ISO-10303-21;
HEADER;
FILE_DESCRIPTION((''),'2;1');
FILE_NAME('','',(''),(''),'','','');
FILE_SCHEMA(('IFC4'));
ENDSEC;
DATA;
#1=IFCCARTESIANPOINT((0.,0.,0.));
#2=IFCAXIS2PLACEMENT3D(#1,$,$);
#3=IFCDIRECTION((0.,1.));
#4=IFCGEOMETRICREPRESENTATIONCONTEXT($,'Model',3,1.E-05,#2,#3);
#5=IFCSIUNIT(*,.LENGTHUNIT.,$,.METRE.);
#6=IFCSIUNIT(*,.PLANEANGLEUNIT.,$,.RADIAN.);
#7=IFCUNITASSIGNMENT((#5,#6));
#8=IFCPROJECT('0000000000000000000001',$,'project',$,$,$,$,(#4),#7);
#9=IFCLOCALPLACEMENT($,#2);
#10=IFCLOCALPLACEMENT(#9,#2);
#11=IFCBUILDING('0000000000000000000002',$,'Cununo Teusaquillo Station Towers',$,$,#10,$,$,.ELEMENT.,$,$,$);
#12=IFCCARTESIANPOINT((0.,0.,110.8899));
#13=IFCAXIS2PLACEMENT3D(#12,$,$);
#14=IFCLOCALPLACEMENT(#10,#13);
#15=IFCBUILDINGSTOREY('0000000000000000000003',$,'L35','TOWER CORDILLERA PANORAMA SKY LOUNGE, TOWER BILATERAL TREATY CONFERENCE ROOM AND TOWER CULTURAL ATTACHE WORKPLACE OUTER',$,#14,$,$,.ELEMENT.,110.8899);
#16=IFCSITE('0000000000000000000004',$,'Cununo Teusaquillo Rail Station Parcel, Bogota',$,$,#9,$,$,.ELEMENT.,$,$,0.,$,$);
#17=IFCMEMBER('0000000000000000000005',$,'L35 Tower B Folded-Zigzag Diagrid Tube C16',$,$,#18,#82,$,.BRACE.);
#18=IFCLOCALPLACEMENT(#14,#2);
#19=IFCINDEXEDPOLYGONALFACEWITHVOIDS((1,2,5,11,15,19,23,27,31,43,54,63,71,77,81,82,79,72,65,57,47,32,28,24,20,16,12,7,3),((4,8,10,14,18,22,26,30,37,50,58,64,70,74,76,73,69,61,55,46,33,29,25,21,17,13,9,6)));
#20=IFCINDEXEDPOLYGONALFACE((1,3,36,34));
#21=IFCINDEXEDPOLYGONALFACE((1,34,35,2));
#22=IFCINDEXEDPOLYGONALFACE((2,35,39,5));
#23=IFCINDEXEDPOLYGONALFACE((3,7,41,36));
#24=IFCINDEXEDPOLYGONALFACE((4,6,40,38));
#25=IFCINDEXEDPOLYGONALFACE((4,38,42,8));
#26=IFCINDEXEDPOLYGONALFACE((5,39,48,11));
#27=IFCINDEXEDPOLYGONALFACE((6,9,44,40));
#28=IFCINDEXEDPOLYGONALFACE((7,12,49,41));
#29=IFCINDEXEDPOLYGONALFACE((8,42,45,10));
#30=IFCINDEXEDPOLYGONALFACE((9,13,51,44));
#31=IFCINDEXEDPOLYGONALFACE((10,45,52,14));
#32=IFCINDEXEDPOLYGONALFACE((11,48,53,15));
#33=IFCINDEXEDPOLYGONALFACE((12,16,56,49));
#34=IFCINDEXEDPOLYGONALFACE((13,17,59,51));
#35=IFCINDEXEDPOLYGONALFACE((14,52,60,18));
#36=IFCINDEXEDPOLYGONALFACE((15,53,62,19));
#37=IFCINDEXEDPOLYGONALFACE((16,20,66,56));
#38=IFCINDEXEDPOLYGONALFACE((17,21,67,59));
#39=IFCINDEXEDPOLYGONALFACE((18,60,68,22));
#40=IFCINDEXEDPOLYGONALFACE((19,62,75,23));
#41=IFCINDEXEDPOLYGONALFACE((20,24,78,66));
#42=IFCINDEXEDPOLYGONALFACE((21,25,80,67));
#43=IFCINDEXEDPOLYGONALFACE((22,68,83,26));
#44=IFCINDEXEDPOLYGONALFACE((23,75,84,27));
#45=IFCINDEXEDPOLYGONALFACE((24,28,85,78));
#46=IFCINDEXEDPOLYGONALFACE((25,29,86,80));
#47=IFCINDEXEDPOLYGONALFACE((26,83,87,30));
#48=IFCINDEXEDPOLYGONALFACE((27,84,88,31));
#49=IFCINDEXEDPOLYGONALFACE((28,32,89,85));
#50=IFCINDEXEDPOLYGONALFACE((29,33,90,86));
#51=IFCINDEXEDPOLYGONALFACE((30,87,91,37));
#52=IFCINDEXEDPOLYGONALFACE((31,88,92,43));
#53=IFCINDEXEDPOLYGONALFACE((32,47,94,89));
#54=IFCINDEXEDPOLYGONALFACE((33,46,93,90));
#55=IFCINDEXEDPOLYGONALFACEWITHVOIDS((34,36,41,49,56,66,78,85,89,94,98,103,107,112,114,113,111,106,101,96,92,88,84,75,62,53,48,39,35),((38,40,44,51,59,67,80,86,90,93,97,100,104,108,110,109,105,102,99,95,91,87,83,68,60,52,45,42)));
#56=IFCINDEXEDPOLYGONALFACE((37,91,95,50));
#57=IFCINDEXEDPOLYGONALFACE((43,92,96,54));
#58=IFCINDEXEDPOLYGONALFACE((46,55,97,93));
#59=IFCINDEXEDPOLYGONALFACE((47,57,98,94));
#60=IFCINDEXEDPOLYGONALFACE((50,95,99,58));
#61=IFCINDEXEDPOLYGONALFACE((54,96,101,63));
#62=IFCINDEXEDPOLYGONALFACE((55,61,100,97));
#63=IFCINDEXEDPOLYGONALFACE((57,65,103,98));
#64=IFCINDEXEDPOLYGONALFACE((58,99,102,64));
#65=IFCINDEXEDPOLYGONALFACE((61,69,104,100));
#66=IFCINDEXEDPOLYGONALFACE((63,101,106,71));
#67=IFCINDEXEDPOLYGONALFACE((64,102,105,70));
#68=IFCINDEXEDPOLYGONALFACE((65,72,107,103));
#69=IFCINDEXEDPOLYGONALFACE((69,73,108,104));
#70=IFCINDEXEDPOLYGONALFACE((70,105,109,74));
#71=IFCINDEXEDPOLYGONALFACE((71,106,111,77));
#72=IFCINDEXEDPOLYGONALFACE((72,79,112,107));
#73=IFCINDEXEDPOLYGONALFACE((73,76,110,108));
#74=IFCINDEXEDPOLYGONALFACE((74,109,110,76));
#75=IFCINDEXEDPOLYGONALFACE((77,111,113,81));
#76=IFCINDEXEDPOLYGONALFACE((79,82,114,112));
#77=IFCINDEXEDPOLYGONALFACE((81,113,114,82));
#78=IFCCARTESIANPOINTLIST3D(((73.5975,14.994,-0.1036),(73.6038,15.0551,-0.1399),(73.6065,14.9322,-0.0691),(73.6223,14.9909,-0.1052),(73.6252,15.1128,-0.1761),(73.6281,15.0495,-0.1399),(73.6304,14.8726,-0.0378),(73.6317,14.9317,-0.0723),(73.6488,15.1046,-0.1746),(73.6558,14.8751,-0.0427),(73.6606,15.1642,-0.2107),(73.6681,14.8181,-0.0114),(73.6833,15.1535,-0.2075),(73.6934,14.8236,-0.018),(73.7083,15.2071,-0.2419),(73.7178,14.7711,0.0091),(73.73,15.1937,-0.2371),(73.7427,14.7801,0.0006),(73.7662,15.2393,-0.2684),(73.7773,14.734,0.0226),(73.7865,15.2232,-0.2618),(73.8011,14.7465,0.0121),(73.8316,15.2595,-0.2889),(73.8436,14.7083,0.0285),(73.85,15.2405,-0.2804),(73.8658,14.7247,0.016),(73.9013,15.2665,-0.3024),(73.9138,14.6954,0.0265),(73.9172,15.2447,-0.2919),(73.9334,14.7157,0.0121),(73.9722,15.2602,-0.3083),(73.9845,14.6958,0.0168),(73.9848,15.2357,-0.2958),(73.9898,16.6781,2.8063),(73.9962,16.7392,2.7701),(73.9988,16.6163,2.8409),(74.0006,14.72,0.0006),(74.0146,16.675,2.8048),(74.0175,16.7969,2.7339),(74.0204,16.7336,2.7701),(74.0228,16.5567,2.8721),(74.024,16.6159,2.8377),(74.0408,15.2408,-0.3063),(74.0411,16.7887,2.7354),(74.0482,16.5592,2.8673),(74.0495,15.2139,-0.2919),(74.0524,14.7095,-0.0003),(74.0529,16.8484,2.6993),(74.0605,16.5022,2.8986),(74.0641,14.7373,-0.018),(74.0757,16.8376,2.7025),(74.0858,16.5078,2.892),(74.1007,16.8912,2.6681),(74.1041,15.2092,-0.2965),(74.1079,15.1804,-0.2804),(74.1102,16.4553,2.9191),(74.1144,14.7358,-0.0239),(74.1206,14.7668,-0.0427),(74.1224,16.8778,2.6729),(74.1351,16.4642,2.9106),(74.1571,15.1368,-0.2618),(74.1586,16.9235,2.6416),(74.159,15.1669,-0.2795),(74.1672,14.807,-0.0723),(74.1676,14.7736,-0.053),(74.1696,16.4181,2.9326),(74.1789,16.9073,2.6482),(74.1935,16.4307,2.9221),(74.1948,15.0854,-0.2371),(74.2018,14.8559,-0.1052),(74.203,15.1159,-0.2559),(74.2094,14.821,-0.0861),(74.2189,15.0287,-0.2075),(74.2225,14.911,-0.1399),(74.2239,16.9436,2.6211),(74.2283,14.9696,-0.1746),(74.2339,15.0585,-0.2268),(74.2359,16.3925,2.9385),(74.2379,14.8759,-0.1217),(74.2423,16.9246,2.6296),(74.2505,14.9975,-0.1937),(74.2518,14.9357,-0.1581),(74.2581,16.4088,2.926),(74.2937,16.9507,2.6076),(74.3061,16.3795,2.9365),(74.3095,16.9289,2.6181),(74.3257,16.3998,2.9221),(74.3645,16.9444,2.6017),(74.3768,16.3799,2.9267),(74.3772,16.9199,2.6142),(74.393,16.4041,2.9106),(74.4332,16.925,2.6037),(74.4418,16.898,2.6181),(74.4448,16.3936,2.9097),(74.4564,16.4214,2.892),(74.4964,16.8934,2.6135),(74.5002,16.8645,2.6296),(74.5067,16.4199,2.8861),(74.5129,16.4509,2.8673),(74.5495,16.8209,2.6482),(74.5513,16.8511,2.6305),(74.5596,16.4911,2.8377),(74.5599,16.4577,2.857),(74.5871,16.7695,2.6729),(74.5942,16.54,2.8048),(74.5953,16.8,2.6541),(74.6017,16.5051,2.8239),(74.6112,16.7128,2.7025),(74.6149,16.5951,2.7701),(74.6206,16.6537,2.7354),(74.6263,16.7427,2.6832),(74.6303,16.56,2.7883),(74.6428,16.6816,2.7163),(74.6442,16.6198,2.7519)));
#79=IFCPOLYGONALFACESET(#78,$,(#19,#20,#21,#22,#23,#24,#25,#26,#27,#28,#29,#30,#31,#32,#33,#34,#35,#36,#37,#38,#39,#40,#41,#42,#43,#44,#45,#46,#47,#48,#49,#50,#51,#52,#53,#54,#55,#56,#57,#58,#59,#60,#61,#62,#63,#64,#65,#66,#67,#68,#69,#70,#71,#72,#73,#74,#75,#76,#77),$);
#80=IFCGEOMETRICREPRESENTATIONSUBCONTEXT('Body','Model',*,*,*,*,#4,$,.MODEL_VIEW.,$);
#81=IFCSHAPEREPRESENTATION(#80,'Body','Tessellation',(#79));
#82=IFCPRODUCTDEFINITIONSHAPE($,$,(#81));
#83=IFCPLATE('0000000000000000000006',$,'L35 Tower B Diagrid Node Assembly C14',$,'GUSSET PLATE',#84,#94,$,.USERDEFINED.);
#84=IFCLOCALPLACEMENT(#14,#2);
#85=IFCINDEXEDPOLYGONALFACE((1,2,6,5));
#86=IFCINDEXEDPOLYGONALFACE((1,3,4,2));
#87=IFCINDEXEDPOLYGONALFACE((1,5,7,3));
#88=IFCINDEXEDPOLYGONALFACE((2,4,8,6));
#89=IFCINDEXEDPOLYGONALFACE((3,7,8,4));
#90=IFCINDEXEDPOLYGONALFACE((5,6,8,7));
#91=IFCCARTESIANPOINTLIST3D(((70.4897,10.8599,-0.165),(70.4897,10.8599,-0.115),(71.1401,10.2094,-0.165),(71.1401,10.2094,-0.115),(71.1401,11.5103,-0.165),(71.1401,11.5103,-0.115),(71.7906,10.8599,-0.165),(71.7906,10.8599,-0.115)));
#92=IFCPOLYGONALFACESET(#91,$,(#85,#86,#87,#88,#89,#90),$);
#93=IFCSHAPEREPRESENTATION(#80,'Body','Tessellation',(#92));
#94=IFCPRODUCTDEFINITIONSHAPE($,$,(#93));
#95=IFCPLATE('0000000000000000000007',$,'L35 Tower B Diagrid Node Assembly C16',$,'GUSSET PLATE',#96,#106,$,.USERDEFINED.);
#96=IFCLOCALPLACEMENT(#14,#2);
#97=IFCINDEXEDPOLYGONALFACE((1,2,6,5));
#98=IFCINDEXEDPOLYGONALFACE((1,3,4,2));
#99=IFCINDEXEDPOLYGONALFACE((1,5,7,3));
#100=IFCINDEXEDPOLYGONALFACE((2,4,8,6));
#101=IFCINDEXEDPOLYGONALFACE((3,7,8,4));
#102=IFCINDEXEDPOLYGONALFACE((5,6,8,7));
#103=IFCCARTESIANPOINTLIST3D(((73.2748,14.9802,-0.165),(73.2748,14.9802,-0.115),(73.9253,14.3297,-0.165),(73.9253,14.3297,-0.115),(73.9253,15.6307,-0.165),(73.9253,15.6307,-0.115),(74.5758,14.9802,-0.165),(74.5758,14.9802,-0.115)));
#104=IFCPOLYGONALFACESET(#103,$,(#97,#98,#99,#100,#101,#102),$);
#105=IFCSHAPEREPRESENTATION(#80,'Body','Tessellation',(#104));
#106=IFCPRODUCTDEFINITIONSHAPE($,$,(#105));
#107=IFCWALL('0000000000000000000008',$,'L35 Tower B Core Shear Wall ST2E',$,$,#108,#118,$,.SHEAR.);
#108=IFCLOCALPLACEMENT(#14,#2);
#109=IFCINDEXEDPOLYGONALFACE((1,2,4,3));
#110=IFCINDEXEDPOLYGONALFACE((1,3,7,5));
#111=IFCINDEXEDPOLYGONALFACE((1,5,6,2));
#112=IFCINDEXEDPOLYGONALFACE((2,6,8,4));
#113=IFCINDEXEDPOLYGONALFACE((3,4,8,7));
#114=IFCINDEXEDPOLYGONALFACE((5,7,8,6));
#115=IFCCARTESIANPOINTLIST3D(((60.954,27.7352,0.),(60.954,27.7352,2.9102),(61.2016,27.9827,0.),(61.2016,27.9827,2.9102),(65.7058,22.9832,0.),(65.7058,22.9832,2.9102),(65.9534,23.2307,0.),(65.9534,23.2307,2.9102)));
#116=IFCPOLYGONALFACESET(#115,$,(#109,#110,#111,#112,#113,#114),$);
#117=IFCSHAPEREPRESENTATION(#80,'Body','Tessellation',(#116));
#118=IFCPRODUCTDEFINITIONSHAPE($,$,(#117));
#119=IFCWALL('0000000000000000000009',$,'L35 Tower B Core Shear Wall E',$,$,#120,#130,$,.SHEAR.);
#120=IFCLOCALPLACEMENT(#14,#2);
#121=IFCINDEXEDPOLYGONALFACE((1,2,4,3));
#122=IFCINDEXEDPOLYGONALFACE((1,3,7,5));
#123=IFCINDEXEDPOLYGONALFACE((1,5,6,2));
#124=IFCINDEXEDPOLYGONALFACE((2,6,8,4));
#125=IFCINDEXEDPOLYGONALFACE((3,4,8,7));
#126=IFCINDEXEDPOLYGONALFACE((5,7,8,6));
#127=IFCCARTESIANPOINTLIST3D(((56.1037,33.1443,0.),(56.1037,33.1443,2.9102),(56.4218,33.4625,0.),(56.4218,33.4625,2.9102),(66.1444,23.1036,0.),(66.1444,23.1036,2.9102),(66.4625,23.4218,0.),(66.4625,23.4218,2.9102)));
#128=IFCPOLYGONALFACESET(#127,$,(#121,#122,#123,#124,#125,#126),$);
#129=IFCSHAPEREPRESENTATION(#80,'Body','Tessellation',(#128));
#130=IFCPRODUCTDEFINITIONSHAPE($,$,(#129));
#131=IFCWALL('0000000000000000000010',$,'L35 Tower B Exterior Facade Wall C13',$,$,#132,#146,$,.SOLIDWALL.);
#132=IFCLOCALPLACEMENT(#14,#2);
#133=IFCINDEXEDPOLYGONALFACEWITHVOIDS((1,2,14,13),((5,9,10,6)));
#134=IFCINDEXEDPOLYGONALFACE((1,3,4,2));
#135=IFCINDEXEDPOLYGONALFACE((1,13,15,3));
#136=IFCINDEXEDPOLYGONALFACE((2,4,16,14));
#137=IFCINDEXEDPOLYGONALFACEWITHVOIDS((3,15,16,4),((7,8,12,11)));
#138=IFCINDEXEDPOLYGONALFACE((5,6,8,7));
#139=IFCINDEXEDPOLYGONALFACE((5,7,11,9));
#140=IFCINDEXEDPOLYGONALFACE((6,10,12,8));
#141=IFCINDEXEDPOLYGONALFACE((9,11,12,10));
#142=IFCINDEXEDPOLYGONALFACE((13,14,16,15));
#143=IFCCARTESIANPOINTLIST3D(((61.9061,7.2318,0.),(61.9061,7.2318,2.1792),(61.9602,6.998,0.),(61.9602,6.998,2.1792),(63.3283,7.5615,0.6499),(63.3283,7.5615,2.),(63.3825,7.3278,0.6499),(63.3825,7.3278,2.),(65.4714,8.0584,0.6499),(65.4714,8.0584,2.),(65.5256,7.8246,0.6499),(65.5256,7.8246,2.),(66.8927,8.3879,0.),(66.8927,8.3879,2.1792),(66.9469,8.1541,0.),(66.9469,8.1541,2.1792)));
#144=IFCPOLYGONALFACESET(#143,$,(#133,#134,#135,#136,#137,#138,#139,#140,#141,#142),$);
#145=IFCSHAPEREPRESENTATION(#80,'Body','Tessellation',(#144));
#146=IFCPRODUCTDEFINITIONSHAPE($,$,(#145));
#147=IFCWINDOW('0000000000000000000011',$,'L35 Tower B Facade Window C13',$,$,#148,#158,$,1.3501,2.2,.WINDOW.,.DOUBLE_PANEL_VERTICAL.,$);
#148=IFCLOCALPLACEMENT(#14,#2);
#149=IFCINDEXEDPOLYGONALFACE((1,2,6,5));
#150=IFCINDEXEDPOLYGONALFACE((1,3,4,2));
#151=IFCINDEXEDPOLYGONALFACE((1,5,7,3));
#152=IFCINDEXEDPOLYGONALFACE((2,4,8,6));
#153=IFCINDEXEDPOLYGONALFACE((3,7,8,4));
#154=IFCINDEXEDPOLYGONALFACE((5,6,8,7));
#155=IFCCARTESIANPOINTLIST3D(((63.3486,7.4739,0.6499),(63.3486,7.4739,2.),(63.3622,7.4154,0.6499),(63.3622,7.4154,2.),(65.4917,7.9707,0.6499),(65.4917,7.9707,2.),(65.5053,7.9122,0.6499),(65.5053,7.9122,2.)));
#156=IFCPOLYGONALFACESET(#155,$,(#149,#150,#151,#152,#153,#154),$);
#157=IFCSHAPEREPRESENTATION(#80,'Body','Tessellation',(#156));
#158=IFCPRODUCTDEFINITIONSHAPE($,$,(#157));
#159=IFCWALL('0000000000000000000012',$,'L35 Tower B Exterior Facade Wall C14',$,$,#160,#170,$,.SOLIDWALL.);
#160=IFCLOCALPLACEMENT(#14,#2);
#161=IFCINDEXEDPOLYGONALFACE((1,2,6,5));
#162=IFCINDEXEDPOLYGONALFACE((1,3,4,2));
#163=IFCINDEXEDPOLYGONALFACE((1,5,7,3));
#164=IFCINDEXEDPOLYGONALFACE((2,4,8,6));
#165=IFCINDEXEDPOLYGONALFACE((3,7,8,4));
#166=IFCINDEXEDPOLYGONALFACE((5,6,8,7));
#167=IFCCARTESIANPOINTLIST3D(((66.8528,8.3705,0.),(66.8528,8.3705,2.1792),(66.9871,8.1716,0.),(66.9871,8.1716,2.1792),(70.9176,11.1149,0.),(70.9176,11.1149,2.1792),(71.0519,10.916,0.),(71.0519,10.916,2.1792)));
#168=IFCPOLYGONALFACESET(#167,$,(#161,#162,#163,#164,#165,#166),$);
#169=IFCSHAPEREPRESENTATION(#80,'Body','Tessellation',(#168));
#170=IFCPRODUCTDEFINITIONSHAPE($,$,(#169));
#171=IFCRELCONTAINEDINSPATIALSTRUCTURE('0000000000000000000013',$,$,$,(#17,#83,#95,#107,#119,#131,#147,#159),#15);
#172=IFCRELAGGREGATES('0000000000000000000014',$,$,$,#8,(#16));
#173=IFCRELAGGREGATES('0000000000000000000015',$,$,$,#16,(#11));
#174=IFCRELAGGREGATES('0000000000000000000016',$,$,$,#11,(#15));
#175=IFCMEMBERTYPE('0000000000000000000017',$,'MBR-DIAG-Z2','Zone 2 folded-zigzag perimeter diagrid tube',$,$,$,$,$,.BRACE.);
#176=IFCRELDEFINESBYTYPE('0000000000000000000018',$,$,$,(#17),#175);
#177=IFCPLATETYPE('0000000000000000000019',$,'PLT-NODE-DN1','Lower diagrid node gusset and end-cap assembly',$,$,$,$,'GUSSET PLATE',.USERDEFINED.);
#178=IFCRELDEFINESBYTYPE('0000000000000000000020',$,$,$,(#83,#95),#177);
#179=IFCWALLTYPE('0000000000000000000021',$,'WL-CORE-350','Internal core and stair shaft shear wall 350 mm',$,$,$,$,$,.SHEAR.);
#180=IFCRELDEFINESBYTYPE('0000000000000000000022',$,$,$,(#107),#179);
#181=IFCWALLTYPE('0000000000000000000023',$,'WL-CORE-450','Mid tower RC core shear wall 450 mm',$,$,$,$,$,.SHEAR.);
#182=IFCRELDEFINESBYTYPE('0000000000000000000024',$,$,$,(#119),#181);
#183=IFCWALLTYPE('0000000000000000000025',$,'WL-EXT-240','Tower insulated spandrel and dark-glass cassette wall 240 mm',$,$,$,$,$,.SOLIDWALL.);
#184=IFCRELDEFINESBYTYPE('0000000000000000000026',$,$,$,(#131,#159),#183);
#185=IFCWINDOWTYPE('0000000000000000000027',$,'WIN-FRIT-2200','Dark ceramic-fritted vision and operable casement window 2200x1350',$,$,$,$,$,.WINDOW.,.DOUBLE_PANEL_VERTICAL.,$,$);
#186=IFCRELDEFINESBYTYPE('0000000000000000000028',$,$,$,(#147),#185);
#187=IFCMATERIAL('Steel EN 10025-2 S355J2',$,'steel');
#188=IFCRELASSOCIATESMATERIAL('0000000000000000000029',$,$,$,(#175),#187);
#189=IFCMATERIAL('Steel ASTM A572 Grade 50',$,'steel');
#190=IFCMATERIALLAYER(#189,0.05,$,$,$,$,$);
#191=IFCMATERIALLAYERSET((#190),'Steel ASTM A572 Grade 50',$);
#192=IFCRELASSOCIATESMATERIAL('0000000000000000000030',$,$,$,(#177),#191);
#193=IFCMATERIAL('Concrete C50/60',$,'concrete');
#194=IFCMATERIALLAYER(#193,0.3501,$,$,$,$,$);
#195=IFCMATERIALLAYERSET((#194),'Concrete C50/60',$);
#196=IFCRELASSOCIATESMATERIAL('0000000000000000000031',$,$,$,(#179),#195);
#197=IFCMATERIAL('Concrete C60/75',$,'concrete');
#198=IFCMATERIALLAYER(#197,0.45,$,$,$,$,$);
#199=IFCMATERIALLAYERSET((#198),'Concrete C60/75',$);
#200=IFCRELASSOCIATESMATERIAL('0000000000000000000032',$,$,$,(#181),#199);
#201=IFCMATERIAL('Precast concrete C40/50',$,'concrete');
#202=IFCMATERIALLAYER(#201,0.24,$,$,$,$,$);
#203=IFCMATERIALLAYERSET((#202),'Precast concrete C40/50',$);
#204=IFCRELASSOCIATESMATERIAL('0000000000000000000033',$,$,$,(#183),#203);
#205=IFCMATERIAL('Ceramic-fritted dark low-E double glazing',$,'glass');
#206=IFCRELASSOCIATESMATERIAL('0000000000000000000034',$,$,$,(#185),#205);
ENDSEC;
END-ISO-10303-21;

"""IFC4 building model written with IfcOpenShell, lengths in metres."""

from ifc_helpers import new_model, si_unit, direction, frame, frame_2d, origin, origin_2d, place, context, subcontext, project, spatial, rectangle, hollow_circle, extrude, source, transform, mapped, material, layer, layer_set, material_profile, profile_set, type_object, element, fill, save


model = new_model("IFC4")

# Units and contexts
model_context = context("Model", 3, precision=1e-05, world=origin(), true_north=direction((0.0, 1.0)))
body_context = subcontext(model_context, "Body", "Model", "MODEL_VIEW")
ifc_project = project(units=[si_unit("LENGTHUNIT", "METRE"), si_unit("PLANEANGLEUNIT", "RADIAN")], contexts=[model_context])

# Site, building, storey
site_placement = place(None, origin())
site = spatial("IfcSite", under=ifc_project, at=site_placement, Name="Cununo Teusaquillo Rail Station Parcel, Bogota", CompositionType="ELEMENT", RefElevation=0.0)
building_placement = place(site_placement, origin())
building = spatial("IfcBuilding", under=site, at=building_placement, Name="Cununo Teusaquillo Station Towers", CompositionType="ELEMENT")
storey_placement = place(building_placement, frame((0.0, 0.0, 110.8899)))
storey = spatial("IfcBuildingStorey", under=building, at=storey_placement, Name="L35", Description="TOWER CORDILLERA PANORAMA SKY LOUNGE, TOWER BILATERAL TREATY CONFERENCE ROOM AND TOWER CULTURAL ATTACHE WORKPLACE OUTER", CompositionType="ELEMENT", Elevation=110.8899)

# Member
ifc_material_1 = material(Name="Steel EN 10025-2 S355J2", Category="steel")
ifc_material_profile_1 = material_profile(ifc_material_1, hollow_circle(Radius=0.3301, WallThickness=0.0249, at=origin_2d()), Name="CHS 660x25")
ifc_profile_set_1 = profile_set([ifc_material_profile_1], Name="Steel EN 10025-2 S355J2")
member_type = type_object("IfcMemberType", Name="MBR-DIAG-Z2", Description="Zone 2 folded-zigzag perimeter diagrid tube", PredefinedType="BRACE", material=ifc_profile_set_1)
member_1_placement = place(storey_placement, frame((73.9253, 14.9802, -0.1399), z_axis=(0.115907, 0.497526, 0.859671), x_axis=(-0.97392, 0.22689, 0.0)))
element("IfcMember", 1, at=member_1_placement, inside=storey, type_object=member_type, Name="L35 Tower B Folded-Zigzag Diagrid Tube C16", PredefinedType="BRACE", context=body_context, shape_type="SweptSolid", body=[
    extrude(hollow_circle(Radius=0.3301, WallThickness=0.0249, at=origin_2d()), origin(), (0.0, 0.0, 1.0), 3.385),
])

# Plates
ifc_material_2 = material(Name="Steel ASTM A572 Grade 50", Category="steel")
ifc_layer_1 = layer(ifc_material_2, 0.05)
ifc_layer_set_1 = layer_set([ifc_layer_1], Name="Steel ASTM A572 Grade 50")
plate_type = type_object("IfcPlateType", Name="PLT-NODE-DN1", Description="Lower diagrid node gusset and end-cap assembly", ElementType="GUSSET PLATE", PredefinedType="USERDEFINED", material=ifc_layer_set_1)
shared_shape_1 = source(origin(), body_context, "Body", "SweptSolid", [
    extrude(rectangle(XDim=0.9199, YDim=0.9199, at=origin_2d()), origin(), (0.0, 0.0, 1.0), 0.05),
])
for number, where, z_axis, x_axis, name in (
    (2, (71.1401, 10.8599, -0.165), (0.0, 0.0, 1.0), (0.707107, 0.707107, 0.0), "L35 Tower B Diagrid Node Assembly C14"),
    (3, (73.9253, 14.9802, -0.165), (0.0, 0.0, 1.0), (0.707107, 0.707107, 0.0), "L35 Tower B Diagrid Node Assembly C16"),
):
    element("IfcPlate", number, at=place(storey_placement, frame(where, z_axis=z_axis, x_axis=x_axis)), inside=storey, type_object=plate_type, Name=name, ObjectType="GUSSET PLATE", PredefinedType="USERDEFINED", context=body_context, shape_type="MappedRepresentation", body=[
        mapped(shared_shape_1, transform((0.0, 0.0, 0.0), x_axis=(1.0, 0.0, 0.0), y_axis=(0.0, 1.0, 0.0), z_axis=(0.0, 0.0, 1.0), scale=1.0)),
    ])

# Walls
ifc_material_3 = material(Name="Concrete C50/60", Category="concrete")
ifc_layer_2 = layer(ifc_material_3, 0.3501)
ifc_layer_set_2 = layer_set([ifc_layer_2], Name="Concrete C50/60")
wall_type_1 = type_object("IfcWallType", Name="WL-CORE-350", Description="Internal core and stair shaft shear wall 350 mm", PredefinedType="SHEAR", material=ifc_layer_set_2)
wall_1_placement = place(storey_placement, frame((65.8296, 23.1069, 0.0), z_axis=(0.0, 0.0, 1.0), x_axis=(-0.707089, 0.707125, 0.0)))
element("IfcWall", 4, at=wall_1_placement, inside=storey, type_object=wall_type_1, Name="L35 Tower B Core Shear Wall ST2E", PredefinedType="SHEAR", context=body_context, shape_type="SweptSolid", body=[
    extrude(rectangle(XDim=6.7202, YDim=0.3501, at=frame_2d((3.3601, 0.0))), origin(), (0.0, 0.0, 1.0), 2.9102),
])
ifc_material_4 = material(Name="Concrete C60/75", Category="concrete")
ifc_layer_3 = layer(ifc_material_4, 0.45)
ifc_layer_set_3 = layer_set([ifc_layer_3], Name="Concrete C60/75")
wall_type_2 = type_object("IfcWallType", Name="WL-CORE-450", Description="Mid tower RC core shear wall 450 mm", PredefinedType="SHEAR", material=ifc_layer_set_3)
wall_2_placement = place(storey_placement, frame((66.3035, 23.2627, 0.0), z_axis=(0.0, 0.0, 1.0), x_axis=(-0.707107, 0.707107, 0.0)))
element("IfcWall", 5, at=wall_2_placement, inside=storey, type_object=wall_type_2, Name="L35 Tower B Core Shear Wall E", PredefinedType="SHEAR", context=body_context, shape_type="SweptSolid", body=[
    extrude(rectangle(XDim=14.1997, YDim=0.45, at=frame_2d((7.0999, 0.0))), origin(), (0.0, 0.0, 1.0), 2.9102),
])

# Wall, opening, window
ifc_material_5 = material(Name="Precast concrete C40/50", Category="concrete")
ifc_layer_4 = layer(ifc_material_5, 0.24)
ifc_layer_set_4 = layer_set([ifc_layer_4], Name="Precast concrete C40/50")
wall_type_3 = type_object("IfcWallType", Name="WL-EXT-240", Description="Tower insulated spandrel and dark-glass cassette wall 240 mm", PredefinedType="SOLIDWALL", material=ifc_layer_set_4)
wall_3_placement = place(storey_placement, frame((66.9199, 8.271, 0.0), z_axis=(0.0, 0.0, 1.0), x_axis=(-0.974166, -0.225835, 0.0)))
wall_3 = element("IfcWall", 6, at=wall_3_placement, inside=storey, type_object=wall_type_3, Name="L35 Tower B Exterior Facade Wall C13", PredefinedType="SOLIDWALL", context=body_context, shape_type="SweptSolid", body=[
    extrude(rectangle(XDim=5.1189, YDim=0.24, at=frame_2d((2.5596, 0.0))), origin(), (0.0, 0.0, 1.0), 2.1792),
])
shared_shape_2 = source(origin(), body_context, "Body", "SweptSolid", [
    extrude(rectangle(XDim=2.2, YDim=1.3501, at=frame_2d((1.1001, 0.675))), frame((0.0, 0.1299, 0.0), z_axis=(0.0, -1.0, 0.0), x_axis=(1.0, 0.0, 0.0)), (0.0, 0.0, 1.0), 0.26),
])
opening_1_placement = place(wall_3_placement, frame((1.459, 0.0, 0.6499)))
opening_1 = element("IfcOpeningElement", 7, at=opening_1_placement, cuts=wall_3, PredefinedType="OPENING", context=body_context, shape_type="MappedRepresentation", body=[
    mapped(shared_shape_2, transform((0.0, 0.0, 0.0), x_axis=(1.0, 0.0, 0.0), y_axis=(0.0, 1.0, 0.0), z_axis=(0.0, 0.0, 1.0), scale=1.0)),
])
ifc_material_6 = material(Name="Ceramic-fritted dark low-E double glazing", Category="glass")
window_type_1 = type_object("IfcWindowType", Name="WIN-FRIT-2200", Description="Dark ceramic-fritted vision and operable casement window 2200x1350", PartitioningType="DOUBLE_PANEL_VERTICAL", PredefinedType="WINDOW", material=ifc_material_6)
shared_shape_3 = source(origin(), body_context, "Body", "SweptSolid", [
    extrude(rectangle(XDim=2.2, YDim=1.3501, at=frame_2d((1.1001, 0.675))), frame((0.0, 0.03, 0.0), z_axis=(0.0, -1.0, 0.0), x_axis=(1.0, 0.0, 0.0)), (0.0, 0.0, 1.0), 0.0601),
])
window_1_placement = place(opening_1_placement, origin())
window_1 = element("IfcWindow", 8, at=window_1_placement, inside=storey, type_object=window_type_1, Name="L35 Tower B Facade Window C13", OverallHeight=1.3501, OverallWidth=2.2, PartitioningType="DOUBLE_PANEL_VERTICAL", PredefinedType="WINDOW", context=body_context, shape_type="MappedRepresentation", body=[
    mapped(shared_shape_3, transform((0.0, 0.0, 0.0), x_axis=(1.0, 0.0, 0.0), y_axis=(0.0, 1.0, 0.0), z_axis=(0.0, 0.0, 1.0), scale=1.0)),
])
fill(opening_1, window_1)

# Wall
wall_4_placement = place(storey_placement, frame((70.9846, 11.0154, 0.0), z_axis=(0.0, 0.0, 1.0), x_axis=(-0.828781, -0.559573, 0.0)))
element("IfcWall", 9, at=wall_4_placement, inside=storey, type_object=wall_type_3, Name="L35 Tower B Exterior Facade Wall C14", PredefinedType="SOLIDWALL", context=body_context, shape_type="SweptSolid", body=[
    extrude(rectangle(XDim=4.9045, YDim=0.24, at=frame_2d((2.4521, 0.0))), origin(), (0.0, 0.0, 1.0), 2.1792),
])

save(model, "model.ifc")
